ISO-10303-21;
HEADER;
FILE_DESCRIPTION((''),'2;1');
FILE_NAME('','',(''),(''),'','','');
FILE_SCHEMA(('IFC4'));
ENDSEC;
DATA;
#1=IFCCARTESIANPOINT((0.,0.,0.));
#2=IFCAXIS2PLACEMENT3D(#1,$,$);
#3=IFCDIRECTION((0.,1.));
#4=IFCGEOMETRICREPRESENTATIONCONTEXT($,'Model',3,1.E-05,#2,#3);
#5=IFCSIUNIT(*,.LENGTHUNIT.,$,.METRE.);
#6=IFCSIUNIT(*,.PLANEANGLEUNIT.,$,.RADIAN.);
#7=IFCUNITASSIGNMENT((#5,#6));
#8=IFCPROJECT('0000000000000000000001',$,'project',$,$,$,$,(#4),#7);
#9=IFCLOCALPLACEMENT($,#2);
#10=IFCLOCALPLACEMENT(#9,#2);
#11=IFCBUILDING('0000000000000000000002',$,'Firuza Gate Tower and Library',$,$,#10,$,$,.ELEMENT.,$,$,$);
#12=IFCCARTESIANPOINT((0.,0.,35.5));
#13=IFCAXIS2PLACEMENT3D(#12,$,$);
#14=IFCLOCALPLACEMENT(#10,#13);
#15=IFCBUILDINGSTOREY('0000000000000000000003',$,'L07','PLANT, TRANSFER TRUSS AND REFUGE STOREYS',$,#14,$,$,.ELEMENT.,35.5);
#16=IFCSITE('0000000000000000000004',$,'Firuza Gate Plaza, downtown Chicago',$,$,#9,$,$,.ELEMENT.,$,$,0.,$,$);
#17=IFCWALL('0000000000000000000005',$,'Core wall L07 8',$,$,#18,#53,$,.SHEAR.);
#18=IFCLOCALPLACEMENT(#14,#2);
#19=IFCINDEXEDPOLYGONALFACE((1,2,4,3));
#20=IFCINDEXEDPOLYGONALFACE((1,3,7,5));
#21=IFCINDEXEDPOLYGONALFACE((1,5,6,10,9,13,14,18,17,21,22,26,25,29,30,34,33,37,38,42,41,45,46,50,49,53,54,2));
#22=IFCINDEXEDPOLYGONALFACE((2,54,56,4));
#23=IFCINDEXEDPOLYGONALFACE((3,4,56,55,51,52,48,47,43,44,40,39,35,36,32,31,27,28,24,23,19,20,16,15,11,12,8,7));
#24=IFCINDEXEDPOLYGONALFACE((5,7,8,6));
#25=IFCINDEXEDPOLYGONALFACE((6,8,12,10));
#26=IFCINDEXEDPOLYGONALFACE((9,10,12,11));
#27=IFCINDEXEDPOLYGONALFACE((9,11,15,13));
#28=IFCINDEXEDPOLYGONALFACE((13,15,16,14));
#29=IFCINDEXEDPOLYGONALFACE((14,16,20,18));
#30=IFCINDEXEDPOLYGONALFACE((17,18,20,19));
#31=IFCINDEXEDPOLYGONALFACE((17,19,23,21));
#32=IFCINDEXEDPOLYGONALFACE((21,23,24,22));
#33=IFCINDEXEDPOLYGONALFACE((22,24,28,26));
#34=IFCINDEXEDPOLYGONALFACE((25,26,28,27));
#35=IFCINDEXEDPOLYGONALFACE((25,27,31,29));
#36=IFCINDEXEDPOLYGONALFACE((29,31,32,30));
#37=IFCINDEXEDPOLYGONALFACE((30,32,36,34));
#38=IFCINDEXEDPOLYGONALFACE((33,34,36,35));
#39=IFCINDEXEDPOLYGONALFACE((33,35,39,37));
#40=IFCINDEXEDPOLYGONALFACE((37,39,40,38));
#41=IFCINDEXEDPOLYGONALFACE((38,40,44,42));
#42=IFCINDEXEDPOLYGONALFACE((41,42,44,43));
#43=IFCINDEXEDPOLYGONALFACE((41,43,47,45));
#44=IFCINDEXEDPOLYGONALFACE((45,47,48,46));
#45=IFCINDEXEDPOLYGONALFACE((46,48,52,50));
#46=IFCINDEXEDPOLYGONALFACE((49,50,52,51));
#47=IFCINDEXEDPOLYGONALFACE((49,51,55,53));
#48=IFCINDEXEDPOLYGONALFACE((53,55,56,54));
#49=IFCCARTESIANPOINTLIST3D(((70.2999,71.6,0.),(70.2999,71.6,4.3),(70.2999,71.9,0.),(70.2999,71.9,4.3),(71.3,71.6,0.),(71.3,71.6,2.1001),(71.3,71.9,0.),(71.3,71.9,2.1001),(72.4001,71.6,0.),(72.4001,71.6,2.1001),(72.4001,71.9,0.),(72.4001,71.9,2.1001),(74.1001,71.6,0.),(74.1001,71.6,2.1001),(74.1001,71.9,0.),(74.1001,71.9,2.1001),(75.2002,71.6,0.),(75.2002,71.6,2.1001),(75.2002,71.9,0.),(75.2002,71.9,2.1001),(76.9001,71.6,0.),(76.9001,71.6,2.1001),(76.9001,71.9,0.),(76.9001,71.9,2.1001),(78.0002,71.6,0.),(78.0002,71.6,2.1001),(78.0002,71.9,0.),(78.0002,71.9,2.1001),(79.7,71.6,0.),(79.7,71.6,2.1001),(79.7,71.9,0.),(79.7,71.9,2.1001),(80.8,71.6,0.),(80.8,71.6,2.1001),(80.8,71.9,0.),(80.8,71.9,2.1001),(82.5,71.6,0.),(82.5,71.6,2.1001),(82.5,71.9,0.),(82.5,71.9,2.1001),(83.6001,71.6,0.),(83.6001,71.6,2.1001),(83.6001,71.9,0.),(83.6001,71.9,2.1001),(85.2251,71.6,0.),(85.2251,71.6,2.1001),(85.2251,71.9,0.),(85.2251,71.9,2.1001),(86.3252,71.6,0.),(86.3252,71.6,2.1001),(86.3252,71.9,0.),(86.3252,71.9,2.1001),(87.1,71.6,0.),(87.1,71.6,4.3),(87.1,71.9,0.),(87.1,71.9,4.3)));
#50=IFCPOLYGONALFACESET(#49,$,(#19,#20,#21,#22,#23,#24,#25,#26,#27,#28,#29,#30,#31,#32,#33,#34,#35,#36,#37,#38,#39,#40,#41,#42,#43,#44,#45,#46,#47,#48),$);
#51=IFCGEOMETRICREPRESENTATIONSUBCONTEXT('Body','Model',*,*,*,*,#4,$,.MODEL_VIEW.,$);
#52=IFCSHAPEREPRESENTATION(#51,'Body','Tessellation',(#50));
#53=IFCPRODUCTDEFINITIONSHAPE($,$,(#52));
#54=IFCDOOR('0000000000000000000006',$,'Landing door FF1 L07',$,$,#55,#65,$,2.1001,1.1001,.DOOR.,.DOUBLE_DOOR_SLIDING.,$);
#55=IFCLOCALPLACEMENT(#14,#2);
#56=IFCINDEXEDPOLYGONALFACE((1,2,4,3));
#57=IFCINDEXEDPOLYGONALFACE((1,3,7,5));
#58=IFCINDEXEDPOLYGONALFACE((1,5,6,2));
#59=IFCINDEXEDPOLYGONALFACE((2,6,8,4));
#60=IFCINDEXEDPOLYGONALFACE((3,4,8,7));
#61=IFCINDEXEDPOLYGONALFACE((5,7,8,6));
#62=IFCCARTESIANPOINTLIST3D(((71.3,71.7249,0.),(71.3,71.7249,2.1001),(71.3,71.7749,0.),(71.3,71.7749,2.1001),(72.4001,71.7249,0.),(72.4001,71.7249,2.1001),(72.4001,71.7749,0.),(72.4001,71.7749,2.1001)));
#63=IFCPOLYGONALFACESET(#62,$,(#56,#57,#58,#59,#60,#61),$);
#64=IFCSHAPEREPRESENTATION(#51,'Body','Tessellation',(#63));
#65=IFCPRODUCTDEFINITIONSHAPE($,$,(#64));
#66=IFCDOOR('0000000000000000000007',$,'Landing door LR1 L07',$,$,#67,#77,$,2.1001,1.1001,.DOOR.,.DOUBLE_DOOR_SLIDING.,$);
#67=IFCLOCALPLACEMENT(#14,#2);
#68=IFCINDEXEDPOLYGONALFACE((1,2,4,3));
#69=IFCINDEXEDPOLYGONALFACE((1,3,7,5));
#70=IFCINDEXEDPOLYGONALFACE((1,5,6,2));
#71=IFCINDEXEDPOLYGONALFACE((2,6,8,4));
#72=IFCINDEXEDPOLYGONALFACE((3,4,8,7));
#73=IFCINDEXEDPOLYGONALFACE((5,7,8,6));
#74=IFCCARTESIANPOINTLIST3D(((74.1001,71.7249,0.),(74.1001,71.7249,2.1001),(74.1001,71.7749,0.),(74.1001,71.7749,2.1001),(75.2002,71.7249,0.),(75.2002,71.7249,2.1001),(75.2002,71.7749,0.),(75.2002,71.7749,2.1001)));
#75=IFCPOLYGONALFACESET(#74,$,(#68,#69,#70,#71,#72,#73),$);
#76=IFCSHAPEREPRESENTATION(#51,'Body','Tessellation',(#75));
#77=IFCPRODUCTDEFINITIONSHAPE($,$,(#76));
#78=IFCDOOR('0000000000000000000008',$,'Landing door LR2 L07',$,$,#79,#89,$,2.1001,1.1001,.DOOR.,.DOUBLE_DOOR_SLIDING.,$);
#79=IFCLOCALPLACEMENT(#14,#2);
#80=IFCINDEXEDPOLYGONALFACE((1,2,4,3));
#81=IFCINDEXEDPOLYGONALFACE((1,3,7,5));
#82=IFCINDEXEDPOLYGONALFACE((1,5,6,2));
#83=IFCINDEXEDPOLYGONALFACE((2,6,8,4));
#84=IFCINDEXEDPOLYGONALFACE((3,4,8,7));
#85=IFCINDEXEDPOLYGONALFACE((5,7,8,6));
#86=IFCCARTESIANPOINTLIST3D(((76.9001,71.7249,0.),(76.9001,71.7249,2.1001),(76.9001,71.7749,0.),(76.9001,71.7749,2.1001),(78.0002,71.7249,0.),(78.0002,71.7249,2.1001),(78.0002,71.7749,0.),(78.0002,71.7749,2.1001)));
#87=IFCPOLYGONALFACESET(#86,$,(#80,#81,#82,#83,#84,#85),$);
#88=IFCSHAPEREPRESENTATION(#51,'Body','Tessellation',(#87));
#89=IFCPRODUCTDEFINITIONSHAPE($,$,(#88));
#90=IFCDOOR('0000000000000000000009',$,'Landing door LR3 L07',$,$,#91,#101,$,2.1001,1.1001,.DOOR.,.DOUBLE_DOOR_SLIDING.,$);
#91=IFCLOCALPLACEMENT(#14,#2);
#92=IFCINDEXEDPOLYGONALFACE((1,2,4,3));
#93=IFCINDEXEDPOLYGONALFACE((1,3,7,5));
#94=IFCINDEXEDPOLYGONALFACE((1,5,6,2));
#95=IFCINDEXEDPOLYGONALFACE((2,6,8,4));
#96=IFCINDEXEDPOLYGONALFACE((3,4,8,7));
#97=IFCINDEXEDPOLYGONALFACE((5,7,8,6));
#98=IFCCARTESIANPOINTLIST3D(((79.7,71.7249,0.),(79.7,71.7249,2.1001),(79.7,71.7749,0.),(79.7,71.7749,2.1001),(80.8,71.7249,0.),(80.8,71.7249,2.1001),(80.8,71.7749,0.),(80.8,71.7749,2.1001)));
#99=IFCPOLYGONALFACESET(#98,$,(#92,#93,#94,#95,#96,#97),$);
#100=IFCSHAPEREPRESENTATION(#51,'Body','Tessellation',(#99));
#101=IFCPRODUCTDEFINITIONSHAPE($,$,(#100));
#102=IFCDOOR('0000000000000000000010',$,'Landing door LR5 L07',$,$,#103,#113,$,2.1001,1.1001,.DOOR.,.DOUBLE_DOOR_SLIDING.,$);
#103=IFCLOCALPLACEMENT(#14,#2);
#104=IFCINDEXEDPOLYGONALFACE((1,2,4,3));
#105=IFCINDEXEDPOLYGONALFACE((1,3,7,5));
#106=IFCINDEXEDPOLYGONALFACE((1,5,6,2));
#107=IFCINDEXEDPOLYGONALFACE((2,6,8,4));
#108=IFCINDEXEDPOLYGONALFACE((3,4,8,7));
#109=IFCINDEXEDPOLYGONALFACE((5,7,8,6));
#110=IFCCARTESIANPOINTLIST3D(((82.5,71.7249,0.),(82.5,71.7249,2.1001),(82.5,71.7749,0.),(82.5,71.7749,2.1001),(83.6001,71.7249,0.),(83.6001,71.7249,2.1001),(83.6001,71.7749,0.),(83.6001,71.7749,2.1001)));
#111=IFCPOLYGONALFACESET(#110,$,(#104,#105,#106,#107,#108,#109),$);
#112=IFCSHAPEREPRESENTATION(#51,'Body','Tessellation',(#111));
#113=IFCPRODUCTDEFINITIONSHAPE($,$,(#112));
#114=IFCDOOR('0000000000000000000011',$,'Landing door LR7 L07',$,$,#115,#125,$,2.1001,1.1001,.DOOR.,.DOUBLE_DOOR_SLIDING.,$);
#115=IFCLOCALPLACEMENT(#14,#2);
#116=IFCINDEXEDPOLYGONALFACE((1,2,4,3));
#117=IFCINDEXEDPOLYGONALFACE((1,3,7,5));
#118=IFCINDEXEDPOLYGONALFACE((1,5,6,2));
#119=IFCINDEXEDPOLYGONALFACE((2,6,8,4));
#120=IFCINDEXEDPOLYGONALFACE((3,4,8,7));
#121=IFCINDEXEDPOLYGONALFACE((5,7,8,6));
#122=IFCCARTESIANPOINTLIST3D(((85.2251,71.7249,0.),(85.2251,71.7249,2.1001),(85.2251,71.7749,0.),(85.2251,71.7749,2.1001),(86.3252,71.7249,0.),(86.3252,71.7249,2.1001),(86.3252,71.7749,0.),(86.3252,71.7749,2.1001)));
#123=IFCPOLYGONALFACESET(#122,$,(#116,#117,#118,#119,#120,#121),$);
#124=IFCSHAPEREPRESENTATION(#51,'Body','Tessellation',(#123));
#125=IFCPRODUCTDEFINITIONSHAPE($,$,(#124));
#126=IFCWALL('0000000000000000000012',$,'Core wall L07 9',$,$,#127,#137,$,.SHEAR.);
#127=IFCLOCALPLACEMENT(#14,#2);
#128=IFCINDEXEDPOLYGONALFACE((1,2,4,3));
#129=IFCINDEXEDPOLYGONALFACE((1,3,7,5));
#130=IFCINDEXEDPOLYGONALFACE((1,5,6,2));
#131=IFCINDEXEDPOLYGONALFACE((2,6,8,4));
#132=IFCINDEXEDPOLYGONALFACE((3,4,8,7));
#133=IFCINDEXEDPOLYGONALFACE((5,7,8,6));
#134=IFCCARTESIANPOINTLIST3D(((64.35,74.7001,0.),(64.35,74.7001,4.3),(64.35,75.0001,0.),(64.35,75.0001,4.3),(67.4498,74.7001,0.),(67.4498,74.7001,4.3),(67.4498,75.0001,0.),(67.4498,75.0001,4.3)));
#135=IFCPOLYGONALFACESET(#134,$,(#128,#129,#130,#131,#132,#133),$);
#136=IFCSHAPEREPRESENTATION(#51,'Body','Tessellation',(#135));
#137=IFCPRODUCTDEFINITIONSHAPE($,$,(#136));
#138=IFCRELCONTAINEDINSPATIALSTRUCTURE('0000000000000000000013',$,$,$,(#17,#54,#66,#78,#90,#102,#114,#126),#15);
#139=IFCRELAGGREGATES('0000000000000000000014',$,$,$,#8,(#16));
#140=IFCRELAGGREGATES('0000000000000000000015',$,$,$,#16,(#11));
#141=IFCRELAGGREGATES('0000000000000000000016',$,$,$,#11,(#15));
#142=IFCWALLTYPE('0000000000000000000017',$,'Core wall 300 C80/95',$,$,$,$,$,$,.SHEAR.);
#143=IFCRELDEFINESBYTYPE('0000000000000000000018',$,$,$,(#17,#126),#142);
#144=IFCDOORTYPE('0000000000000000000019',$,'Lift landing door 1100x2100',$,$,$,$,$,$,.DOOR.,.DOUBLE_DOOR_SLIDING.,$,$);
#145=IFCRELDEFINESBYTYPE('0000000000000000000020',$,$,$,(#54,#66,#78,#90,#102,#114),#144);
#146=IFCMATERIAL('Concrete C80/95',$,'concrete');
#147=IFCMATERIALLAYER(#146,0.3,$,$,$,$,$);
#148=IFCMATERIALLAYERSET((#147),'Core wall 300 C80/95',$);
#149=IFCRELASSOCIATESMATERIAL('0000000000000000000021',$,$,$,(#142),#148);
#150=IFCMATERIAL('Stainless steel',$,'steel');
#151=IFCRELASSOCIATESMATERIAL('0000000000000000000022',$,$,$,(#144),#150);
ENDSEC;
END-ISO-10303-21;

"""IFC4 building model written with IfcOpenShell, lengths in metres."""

from ifc_helpers import new_model, si_unit, direction, frame, frame_2d, origin, place, context, subcontext, project, spatial, rectangle, extrude, material, layer, layer_set, type_object, element, fill, save


model = new_model("IFC4")

# Units and contexts
model_context = context("Model", 3, precision=1e-05, world=origin(), true_north=direction((0.0, 1.0)))
body_context = subcontext(model_context, "Body", "Model", "MODEL_VIEW")
ifc_project = project(units=[si_unit("LENGTHUNIT", "METRE"), si_unit("PLANEANGLEUNIT", "RADIAN")], contexts=[model_context])

# Site, building, storey
site_placement = place(None, origin())
site = spatial("IfcSite", under=ifc_project, at=site_placement, Name="Firuza Gate Plaza, downtown Chicago", CompositionType="ELEMENT", RefElevation=0.0)
building_placement = place(site_placement, origin())
building = spatial("IfcBuilding", under=site, at=building_placement, Name="Firuza Gate Tower and Library", CompositionType="ELEMENT")
storey_placement = place(building_placement, frame((0.0, 0.0, 35.5)))
storey = spatial("IfcBuildingStorey", under=building, at=storey_placement, Name="L07", Description="PLANT, TRANSFER TRUSS AND REFUGE STOREYS", CompositionType="ELEMENT", Elevation=35.5)

# Shared definitions
ifc_material_1 = material(Name="Concrete C80/95", Category="concrete")
ifc_layer_1 = layer(ifc_material_1, 0.3)
ifc_layer_set_1 = layer_set([ifc_layer_1], Name="Core wall 300 C80/95")
wall_type_1 = type_object("IfcWallType", Name="Core wall 300 C80/95", PredefinedType="SHEAR", material=ifc_layer_set_1)

# Wall, openings, doors
wall_1_placement = place(storey_placement, frame((70.3, 71.75, 0.0), z_axis=(0.0, 0.0, 1.0), x_axis=(1.0, 0.0, 0.0)))
wall_1 = element("IfcWall", 1, at=wall_1_placement, inside=storey, type_object=wall_type_1, Name="Core wall L07 8", PredefinedType="SHEAR", context=body_context, shape_type="SweptSolid", body=[
    extrude(rectangle(XDim=16.8, YDim=0.3, at=frame_2d((8.3999, 0.0))), origin(), (0.0, 0.0, 1.0), 4.3),
])
opening_1_placement = place(wall_1_placement, frame((1.0, 0.0, 0.0)))
opening_1 = element("IfcOpeningElement", 2, at=opening_1_placement, cuts=wall_1, PredefinedType="OPENING", context=body_context, shape_type="SweptSolid", body=[
    extrude(rectangle(XDim=1.1001, YDim=2.1001, at=frame_2d((0.55, 1.05))), frame((0.0, 0.1602, 0.0), z_axis=(0.0, -1.0, 0.0), x_axis=(1.0, 0.0, 0.0)), (0.0, 0.0, 1.0), 0.3201),
])
opening_2_placement = place(wall_1_placement, frame((3.8, 0.0, 0.0)))
opening_2 = element("IfcOpeningElement", 3, at=opening_2_placement, cuts=wall_1, PredefinedType="OPENING", context=body_context, shape_type="SweptSolid", body=[
    extrude(rectangle(XDim=1.1001, YDim=2.1001, at=frame_2d((0.55, 1.05))), frame((0.0, 0.1602, 0.0), z_axis=(0.0, -1.0, 0.0), x_axis=(1.0, 0.0, 0.0)), (0.0, 0.0, 1.0), 0.3201),
])
opening_3_placement = place(wall_1_placement, frame((6.6001, 0.0, 0.0)))
opening_3 = element("IfcOpeningElement", 4, at=opening_3_placement, cuts=wall_1, PredefinedType="OPENING", context=body_context, shape_type="SweptSolid", body=[
    extrude(rectangle(XDim=1.1001, YDim=2.1001, at=frame_2d((0.55, 1.05))), frame((0.0, 0.1602, 0.0), z_axis=(0.0, -1.0, 0.0), x_axis=(1.0, 0.0, 0.0)), (0.0, 0.0, 1.0), 0.3201),
])
opening_4_placement = place(wall_1_placement, frame((9.3999, 0.0, 0.0)))
opening_4 = element("IfcOpeningElement", 5, at=opening_4_placement, cuts=wall_1, PredefinedType="OPENING", context=body_context, shape_type="SweptSolid", body=[
    extrude(rectangle(XDim=1.1001, YDim=2.1001, at=frame_2d((0.55, 1.05))), frame((0.0, 0.1602, 0.0), z_axis=(0.0, -1.0, 0.0), x_axis=(1.0, 0.0, 0.0)), (0.0, 0.0, 1.0), 0.3201),
])
opening_5_placement = place(wall_1_placement, frame((12.2, 0.0, 0.0)))
opening_5 = element("IfcOpeningElement", 6, at=opening_5_placement, cuts=wall_1, PredefinedType="OPENING", context=body_context, shape_type="SweptSolid", body=[
    extrude(rectangle(XDim=1.1001, YDim=2.1001, at=frame_2d((0.55, 1.05))), frame((0.0, 0.1602, 0.0), z_axis=(0.0, -1.0, 0.0), x_axis=(1.0, 0.0, 0.0)), (0.0, 0.0, 1.0), 0.3201),
])
opening_6_placement = place(wall_1_placement, frame((14.925, 0.0, 0.0)))
opening_6 = element("IfcOpeningElement", 7, at=opening_6_placement, cuts=wall_1, PredefinedType="OPENING", context=body_context, shape_type="SweptSolid", body=[
    extrude(rectangle(XDim=1.1001, YDim=2.1001, at=frame_2d((0.55, 1.05))), frame((0.0, 0.1602, 0.0), z_axis=(0.0, -1.0, 0.0), x_axis=(1.0, 0.0, 0.0)), (0.0, 0.0, 1.0), 0.3201),
])
ifc_material_2 = material(Name="Stainless steel", Category="steel")
door_type_1 = type_object("IfcDoorType", Name="Lift landing door 1100x2100", OperationType="DOUBLE_DOOR_SLIDING", PredefinedType="DOOR", material=ifc_material_2)
door_1_placement = place(opening_1_placement, origin())
door_1 = element("IfcDoor", 8, at=door_1_placement, inside=storey, type_object=door_type_1, Name="Landing door FF1 L07", OperationType="DOUBLE_DOOR_SLIDING", OverallHeight=2.1001, OverallWidth=1.1001, PredefinedType="DOOR", context=body_context, shape_type="SweptSolid", body=[
    extrude(rectangle(XDim=1.1001, YDim=2.1001, at=frame_2d((0.55, 1.05))), frame((0.0, 0.0249, 0.0), z_axis=(0.0, -1.0, 0.0), x_axis=(1.0, 0.0, 0.0)), (0.0, 0.0, 1.0), 0.05),
])
fill(opening_1, door_1)
door_2_placement = place(opening_2_placement, origin())
door_2 = element("IfcDoor", 9, at=door_2_placement, inside=storey, type_object=door_type_1, Name="Landing door LR1 L07", OperationType="DOUBLE_DOOR_SLIDING", OverallHeight=2.1001, OverallWidth=1.1001, PredefinedType="DOOR", context=body_context, shape_type="SweptSolid", body=[
    extrude(rectangle(XDim=1.1001, YDim=2.1001, at=frame_2d((0.55, 1.05))), frame((0.0, 0.0249, 0.0), z_axis=(0.0, -1.0, 0.0), x_axis=(1.0, 0.0, 0.0)), (0.0, 0.0, 1.0), 0.05),
])
fill(opening_2, door_2)
door_3_placement = place(opening_3_placement, origin())
door_3 = element("IfcDoor", 10, at=door_3_placement, inside=storey, type_object=door_type_1, Name="Landing door LR2 L07", OperationType="DOUBLE_DOOR_SLIDING", OverallHeight=2.1001, OverallWidth=1.1001, PredefinedType="DOOR", context=body_context, shape_type="SweptSolid", body=[
    extrude(rectangle(XDim=1.1001, YDim=2.1001, at=frame_2d((0.55, 1.05))), frame((0.0, 0.0249, 0.0), z_axis=(0.0, -1.0, 0.0), x_axis=(1.0, 0.0, 0.0)), (0.0, 0.0, 1.0), 0.05),
])
fill(opening_3, door_3)
door_4_placement = place(opening_4_placement, origin())
door_4 = element("IfcDoor", 11, at=door_4_placement, inside=storey, type_object=door_type_1, Name="Landing door LR3 L07", OperationType="DOUBLE_DOOR_SLIDING", OverallHeight=2.1001, OverallWidth=1.1001, PredefinedType="DOOR", context=body_context, shape_type="SweptSolid", body=[
    extrude(rectangle(XDim=1.1001, YDim=2.1001, at=frame_2d((0.55, 1.05))), frame((0.0, 0.0249, 0.0), z_axis=(0.0, -1.0, 0.0), x_axis=(1.0, 0.0, 0.0)), (0.0, 0.0, 1.0), 0.05),
])
fill(opening_4, door_4)
door_5_placement = place(opening_5_placement, origin())
door_5 = element("IfcDoor", 12, at=door_5_placement, inside=storey, type_object=door_type_1, Name="Landing door LR5 L07", OperationType="DOUBLE_DOOR_SLIDING", OverallHeight=2.1001, OverallWidth=1.1001, PredefinedType="DOOR", context=body_context, shape_type="SweptSolid", body=[
    extrude(rectangle(XDim=1.1001, YDim=2.1001, at=frame_2d((0.55, 1.05))), frame((0.0, 0.0249, 0.0), z_axis=(0.0, -1.0, 0.0), x_axis=(1.0, 0.0, 0.0)), (0.0, 0.0, 1.0), 0.05),
])
fill(opening_5, door_5)
door_6_placement = place(opening_6_placement, origin())
door_6 = element("IfcDoor", 13, at=door_6_placement, inside=storey, type_object=door_type_1, Name="Landing door LR7 L07", OperationType="DOUBLE_DOOR_SLIDING", OverallHeight=2.1001, OverallWidth=1.1001, PredefinedType="DOOR", context=body_context, shape_type="SweptSolid", body=[
    extrude(rectangle(XDim=1.1001, YDim=2.1001, at=frame_2d((0.55, 1.05))), frame((0.0, 0.0249, 0.0), z_axis=(0.0, -1.0, 0.0), x_axis=(1.0, 0.0, 0.0)), (0.0, 0.0, 1.0), 0.05),
])
fill(opening_6, door_6)

# Wall
wall_2_placement = place(storey_placement, frame((64.3501, 74.8501, 0.0), z_axis=(0.0, 0.0, 1.0), x_axis=(1.0, 0.0, 0.0)))
element("IfcWall", 14, at=wall_2_placement, inside=storey, type_object=wall_type_1, Name="Core wall L07 9", PredefinedType="SHEAR", context=body_context, shape_type="SweptSolid", body=[
    extrude(rectangle(XDim=3.0999, YDim=0.3, at=frame_2d((1.5498, 0.0))), origin(), (0.0, 0.0, 1.0), 4.3),
])

save(model, "model.ifc")
